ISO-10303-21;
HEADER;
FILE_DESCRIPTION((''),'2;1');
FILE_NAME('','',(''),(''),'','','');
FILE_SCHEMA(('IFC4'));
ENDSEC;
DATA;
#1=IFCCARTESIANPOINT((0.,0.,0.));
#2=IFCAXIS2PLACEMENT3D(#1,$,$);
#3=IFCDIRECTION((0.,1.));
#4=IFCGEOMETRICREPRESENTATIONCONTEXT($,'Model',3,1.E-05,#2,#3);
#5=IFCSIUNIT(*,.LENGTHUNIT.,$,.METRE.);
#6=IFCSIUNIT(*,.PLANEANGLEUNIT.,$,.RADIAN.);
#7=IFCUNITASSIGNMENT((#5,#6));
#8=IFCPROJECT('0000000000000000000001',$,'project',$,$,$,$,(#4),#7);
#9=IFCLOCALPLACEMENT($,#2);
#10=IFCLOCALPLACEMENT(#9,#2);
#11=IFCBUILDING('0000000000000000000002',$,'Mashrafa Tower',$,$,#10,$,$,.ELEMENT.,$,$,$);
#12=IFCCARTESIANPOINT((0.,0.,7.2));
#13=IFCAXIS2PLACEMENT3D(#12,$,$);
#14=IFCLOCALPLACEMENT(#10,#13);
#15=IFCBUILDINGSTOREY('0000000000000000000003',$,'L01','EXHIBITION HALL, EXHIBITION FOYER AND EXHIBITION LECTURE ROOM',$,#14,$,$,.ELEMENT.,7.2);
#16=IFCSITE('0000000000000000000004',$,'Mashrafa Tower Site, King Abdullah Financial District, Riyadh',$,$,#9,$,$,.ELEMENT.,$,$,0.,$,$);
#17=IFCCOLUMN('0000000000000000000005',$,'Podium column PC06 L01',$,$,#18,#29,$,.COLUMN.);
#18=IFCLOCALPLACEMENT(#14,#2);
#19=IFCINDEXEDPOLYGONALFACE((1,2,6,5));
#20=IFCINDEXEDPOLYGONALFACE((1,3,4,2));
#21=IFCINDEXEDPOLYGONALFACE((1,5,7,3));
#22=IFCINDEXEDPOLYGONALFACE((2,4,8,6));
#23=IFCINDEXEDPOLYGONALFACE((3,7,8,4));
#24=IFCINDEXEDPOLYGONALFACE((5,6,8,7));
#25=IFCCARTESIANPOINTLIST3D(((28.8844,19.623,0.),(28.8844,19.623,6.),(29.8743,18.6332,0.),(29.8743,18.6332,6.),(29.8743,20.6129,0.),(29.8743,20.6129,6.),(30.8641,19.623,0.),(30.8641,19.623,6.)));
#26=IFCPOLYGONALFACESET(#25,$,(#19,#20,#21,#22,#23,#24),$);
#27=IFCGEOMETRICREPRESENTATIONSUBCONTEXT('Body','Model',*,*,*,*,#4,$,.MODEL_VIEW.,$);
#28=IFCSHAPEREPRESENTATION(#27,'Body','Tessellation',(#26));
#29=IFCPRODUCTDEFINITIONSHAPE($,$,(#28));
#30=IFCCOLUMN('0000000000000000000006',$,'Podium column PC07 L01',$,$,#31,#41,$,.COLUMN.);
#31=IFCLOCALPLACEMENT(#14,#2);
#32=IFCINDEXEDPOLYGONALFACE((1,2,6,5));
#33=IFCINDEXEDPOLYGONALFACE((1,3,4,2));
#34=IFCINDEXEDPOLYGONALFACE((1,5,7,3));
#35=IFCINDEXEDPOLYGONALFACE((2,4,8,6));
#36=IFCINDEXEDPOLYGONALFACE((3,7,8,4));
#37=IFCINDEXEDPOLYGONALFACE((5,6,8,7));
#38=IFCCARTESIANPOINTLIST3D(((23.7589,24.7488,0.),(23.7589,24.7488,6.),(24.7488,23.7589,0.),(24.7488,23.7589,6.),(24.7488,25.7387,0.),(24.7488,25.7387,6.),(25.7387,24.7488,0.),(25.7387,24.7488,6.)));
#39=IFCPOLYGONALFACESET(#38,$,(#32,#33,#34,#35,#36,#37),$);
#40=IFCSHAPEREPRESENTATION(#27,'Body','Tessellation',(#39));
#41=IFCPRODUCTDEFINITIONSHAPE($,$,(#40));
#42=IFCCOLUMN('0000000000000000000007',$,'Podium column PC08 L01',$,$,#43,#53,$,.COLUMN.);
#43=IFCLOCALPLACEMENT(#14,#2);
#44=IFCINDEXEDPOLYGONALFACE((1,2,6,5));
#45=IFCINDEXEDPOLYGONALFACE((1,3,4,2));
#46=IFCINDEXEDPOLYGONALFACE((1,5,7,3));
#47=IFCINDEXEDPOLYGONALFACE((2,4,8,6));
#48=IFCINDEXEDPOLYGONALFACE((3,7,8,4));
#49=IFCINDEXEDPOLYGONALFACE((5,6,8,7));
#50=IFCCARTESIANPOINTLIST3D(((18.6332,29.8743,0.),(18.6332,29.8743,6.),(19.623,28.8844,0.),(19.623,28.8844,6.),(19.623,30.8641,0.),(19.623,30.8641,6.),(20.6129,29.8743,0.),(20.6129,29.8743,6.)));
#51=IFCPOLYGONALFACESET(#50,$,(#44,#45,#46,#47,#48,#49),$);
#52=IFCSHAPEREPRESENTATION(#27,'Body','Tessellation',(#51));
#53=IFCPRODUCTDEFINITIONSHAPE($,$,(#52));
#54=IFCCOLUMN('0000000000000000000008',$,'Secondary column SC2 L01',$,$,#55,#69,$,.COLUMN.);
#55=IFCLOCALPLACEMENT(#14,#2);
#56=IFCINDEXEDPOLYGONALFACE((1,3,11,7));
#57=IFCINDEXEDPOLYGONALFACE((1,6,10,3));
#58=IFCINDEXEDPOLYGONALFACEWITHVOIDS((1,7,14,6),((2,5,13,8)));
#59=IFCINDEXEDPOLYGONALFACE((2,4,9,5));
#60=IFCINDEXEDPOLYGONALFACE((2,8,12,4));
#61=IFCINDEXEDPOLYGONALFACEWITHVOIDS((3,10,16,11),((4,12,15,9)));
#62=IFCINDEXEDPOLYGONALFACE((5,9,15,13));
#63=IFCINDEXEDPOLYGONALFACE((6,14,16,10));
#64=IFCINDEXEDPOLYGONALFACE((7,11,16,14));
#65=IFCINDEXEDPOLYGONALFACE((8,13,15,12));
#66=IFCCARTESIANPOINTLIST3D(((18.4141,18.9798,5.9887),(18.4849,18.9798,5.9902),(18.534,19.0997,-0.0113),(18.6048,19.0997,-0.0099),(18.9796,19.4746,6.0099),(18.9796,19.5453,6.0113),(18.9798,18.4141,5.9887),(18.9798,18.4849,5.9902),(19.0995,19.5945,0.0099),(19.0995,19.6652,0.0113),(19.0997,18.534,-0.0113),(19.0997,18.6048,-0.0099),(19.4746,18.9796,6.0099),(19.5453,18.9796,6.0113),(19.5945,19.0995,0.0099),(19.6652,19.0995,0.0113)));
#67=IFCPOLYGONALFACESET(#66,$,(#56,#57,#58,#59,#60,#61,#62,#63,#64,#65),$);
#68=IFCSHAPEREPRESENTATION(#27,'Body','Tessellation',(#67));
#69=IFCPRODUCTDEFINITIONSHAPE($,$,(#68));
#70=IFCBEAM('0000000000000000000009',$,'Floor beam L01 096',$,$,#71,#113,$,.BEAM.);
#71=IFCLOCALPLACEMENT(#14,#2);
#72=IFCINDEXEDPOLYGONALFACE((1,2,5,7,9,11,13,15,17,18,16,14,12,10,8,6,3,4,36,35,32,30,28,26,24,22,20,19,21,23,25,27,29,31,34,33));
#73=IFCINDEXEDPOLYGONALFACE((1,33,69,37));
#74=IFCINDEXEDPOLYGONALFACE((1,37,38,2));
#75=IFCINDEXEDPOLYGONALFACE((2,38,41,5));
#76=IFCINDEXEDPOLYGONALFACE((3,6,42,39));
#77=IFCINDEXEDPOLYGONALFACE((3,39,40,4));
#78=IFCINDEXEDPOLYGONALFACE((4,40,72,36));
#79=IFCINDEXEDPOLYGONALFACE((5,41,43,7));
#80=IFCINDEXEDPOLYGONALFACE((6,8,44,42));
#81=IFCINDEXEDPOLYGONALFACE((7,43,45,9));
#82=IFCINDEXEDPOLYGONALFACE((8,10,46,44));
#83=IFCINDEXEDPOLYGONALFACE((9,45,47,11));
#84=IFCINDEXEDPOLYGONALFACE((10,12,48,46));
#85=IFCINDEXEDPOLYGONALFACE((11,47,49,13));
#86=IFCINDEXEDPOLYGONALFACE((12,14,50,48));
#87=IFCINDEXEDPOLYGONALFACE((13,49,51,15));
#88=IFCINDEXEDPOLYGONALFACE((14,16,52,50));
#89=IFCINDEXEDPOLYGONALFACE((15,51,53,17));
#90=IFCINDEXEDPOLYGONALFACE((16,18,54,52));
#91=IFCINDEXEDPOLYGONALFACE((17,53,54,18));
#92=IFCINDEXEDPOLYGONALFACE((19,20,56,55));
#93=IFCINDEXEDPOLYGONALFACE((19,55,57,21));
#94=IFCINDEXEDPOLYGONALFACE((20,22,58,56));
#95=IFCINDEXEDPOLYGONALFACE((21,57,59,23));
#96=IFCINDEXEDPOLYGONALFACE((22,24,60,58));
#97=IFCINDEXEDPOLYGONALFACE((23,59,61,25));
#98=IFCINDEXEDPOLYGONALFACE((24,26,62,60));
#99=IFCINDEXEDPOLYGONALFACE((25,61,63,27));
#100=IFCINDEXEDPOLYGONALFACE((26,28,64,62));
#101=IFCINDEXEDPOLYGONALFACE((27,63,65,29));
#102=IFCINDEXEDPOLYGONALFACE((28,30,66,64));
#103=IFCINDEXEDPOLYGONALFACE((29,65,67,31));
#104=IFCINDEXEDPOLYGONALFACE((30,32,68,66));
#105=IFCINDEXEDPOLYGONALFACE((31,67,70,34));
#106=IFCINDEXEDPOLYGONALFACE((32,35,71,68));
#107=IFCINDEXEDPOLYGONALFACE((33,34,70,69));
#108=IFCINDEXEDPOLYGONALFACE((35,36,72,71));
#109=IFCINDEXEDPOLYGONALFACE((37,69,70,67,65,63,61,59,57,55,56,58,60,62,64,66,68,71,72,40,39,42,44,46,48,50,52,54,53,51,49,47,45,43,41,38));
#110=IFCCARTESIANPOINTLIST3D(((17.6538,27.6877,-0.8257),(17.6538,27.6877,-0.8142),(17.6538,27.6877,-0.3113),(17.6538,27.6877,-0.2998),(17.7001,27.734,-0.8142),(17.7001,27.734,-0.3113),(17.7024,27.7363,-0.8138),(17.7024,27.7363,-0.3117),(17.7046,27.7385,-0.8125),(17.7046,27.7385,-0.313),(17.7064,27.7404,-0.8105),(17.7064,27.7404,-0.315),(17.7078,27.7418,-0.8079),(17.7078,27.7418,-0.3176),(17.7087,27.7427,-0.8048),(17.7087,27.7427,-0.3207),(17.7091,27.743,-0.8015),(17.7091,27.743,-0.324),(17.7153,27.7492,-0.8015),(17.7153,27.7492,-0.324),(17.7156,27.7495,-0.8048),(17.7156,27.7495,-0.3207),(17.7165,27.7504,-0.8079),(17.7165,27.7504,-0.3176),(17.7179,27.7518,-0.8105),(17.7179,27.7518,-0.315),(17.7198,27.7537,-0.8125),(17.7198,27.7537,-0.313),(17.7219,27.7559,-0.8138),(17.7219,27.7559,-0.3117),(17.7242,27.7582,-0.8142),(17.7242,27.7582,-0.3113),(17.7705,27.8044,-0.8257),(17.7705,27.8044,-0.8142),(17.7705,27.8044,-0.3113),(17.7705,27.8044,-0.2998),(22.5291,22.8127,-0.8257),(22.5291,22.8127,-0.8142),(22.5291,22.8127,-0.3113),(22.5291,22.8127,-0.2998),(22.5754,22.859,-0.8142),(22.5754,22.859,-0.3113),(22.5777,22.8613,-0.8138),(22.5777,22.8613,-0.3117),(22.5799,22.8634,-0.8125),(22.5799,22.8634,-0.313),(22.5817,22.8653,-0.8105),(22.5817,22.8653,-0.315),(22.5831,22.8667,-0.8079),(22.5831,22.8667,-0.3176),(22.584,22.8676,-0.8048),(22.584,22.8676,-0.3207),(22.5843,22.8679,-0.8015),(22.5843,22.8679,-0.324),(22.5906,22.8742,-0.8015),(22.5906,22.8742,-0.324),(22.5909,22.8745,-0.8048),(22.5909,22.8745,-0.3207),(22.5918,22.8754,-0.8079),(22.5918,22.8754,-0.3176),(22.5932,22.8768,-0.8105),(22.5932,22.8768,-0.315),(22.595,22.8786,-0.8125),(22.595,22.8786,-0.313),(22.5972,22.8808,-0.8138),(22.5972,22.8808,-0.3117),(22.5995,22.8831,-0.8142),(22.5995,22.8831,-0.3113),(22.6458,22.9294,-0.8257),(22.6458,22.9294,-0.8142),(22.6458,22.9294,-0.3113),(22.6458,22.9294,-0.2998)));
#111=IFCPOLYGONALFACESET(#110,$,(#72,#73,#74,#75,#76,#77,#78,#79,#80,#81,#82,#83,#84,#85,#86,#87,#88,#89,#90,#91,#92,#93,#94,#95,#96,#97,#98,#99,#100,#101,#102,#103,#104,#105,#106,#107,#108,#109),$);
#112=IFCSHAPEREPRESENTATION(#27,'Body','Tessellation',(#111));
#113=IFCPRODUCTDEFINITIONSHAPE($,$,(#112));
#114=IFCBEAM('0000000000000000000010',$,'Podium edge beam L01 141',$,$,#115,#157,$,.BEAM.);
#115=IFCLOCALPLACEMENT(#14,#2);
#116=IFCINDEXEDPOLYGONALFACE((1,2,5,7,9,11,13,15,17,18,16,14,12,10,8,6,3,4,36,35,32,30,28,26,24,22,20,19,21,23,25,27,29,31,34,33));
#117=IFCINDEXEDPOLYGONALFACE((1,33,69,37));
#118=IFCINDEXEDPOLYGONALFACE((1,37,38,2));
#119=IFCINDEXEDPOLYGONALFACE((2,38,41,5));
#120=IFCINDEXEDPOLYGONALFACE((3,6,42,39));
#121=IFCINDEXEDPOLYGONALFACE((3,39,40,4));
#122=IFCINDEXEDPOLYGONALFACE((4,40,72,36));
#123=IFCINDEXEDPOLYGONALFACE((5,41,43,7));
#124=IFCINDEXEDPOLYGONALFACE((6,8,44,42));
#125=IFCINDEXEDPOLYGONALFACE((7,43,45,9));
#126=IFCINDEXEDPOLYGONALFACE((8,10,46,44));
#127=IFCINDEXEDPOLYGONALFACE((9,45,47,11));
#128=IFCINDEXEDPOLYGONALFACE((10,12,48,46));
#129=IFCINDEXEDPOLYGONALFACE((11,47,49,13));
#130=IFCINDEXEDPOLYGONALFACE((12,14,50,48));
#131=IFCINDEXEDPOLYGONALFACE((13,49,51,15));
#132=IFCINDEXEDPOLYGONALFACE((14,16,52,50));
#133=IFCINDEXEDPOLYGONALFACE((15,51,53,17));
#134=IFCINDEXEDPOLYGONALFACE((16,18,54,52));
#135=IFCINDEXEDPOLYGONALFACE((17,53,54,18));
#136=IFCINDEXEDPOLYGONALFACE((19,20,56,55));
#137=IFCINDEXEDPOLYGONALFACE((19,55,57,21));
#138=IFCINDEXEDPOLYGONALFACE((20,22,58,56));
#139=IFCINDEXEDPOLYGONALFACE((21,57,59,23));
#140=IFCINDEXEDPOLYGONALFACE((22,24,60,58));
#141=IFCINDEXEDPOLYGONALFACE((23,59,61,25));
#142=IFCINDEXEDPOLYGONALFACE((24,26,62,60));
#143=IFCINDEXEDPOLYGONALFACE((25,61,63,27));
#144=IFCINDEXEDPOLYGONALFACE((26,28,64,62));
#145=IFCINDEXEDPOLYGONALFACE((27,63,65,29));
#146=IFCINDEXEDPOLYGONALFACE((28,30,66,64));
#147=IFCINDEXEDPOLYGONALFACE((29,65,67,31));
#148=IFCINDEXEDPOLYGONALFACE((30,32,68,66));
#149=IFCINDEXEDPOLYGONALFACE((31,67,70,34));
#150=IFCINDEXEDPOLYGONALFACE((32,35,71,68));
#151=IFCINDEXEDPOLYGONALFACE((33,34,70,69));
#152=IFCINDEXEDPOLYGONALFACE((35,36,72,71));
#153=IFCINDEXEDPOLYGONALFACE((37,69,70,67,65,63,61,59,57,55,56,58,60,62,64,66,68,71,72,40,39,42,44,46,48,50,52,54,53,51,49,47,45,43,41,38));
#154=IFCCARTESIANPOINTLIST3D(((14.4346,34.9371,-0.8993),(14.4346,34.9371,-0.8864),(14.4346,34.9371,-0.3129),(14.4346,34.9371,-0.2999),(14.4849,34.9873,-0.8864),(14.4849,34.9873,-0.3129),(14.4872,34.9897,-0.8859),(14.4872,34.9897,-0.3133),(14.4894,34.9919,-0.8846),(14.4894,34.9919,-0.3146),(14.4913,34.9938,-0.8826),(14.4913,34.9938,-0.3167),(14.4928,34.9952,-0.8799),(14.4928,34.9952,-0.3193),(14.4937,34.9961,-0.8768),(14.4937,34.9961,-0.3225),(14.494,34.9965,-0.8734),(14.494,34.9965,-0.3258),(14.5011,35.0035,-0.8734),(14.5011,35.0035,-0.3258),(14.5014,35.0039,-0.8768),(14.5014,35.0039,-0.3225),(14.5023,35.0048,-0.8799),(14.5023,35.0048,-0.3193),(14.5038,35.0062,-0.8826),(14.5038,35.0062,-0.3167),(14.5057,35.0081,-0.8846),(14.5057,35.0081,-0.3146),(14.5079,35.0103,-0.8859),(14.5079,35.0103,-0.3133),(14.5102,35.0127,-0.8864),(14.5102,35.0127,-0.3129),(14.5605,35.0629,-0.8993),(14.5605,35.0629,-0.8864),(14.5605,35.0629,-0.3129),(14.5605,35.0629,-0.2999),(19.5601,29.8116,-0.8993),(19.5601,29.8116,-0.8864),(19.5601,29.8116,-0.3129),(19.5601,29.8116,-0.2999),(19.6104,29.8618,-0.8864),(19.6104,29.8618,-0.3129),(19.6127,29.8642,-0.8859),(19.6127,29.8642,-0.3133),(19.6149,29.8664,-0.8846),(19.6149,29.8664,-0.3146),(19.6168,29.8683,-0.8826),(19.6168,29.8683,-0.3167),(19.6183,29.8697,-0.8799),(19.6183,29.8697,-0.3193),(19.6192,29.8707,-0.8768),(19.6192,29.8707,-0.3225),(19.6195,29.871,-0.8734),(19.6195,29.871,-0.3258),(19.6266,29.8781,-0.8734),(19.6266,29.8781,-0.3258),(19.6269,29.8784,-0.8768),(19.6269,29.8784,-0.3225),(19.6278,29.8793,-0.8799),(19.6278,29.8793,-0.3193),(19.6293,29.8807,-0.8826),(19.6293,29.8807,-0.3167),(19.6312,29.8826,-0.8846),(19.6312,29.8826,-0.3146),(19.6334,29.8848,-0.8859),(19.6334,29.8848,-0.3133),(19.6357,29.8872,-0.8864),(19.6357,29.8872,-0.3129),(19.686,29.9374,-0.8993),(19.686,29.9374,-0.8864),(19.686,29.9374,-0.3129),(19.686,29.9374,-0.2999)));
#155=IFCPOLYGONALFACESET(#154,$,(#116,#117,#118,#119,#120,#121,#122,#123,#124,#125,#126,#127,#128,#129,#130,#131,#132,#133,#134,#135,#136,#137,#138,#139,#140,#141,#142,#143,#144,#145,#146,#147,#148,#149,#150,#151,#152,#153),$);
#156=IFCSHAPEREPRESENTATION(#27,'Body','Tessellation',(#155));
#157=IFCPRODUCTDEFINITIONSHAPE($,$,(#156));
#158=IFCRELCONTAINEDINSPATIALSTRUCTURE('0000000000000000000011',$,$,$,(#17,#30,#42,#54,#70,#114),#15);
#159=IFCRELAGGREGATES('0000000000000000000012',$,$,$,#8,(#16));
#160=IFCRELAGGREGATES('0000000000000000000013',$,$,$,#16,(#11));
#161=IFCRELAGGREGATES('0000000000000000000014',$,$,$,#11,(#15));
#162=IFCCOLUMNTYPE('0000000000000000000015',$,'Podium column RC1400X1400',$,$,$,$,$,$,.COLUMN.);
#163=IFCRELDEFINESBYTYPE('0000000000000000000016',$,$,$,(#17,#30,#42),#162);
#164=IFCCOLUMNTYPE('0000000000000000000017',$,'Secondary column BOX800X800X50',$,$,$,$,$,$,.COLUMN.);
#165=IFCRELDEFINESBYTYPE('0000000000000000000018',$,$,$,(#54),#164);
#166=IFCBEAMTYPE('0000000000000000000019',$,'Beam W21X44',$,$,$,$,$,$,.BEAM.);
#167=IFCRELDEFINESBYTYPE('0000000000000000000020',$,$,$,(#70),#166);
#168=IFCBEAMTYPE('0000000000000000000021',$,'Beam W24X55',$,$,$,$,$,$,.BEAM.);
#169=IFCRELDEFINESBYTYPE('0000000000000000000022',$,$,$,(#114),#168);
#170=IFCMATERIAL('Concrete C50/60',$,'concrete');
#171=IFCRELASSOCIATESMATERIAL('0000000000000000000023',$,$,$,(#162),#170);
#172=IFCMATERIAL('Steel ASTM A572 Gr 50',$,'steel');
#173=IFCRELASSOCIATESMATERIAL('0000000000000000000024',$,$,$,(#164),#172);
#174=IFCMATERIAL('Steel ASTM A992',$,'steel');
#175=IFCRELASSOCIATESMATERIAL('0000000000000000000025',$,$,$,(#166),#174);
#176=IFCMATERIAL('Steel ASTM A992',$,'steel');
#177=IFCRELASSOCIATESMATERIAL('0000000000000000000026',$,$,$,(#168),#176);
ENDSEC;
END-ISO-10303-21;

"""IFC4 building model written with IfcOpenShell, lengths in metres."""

from ifc_helpers import new_model, si_unit, direction, frame, origin, origin_2d, place, context, subcontext, project, spatial, rectangle, hollow_rectangle, i_section, extrude, material, material_profile, profile_set, type_object, element, save


model = new_model("IFC4")

# Units and contexts
model_context = context("Model", 3, precision=1e-05, world=origin(), true_north=direction((0.0, 1.0)))
body_context = subcontext(model_context, "Body", "Model", "MODEL_VIEW")
ifc_project = project(units=[si_unit("LENGTHUNIT", "METRE"), si_unit("PLANEANGLEUNIT", "RADIAN")], contexts=[model_context])

# Site, building, storey
site_placement = place(None, origin())
site = spatial("IfcSite", under=ifc_project, at=site_placement, Name="Mashrafa Tower Site, King Abdullah Financial District, Riyadh", CompositionType="ELEMENT", RefElevation=0.0)
building_placement = place(site_placement, origin())
building = spatial("IfcBuilding", under=site, at=building_placement, Name="Mashrafa Tower", CompositionType="ELEMENT")
storey_placement = place(building_placement, frame((0.0, 0.0, 7.2)))
storey = spatial("IfcBuildingStorey", under=building, at=storey_placement, Name="L01", Description="EXHIBITION HALL, EXHIBITION FOYER AND EXHIBITION LECTURE ROOM", CompositionType="ELEMENT", Elevation=7.2)

# Columns
ifc_material_1 = material(Name="Concrete C50/60", Category="concrete")
ifc_material_profile_1 = material_profile(ifc_material_1, rectangle(XDim=1.3999, YDim=1.3999, at=origin_2d()), Name="RC1400X1400")
ifc_profile_set_1 = profile_set([ifc_material_profile_1], Name="Concrete C50/60")
column_type_1 = type_object("IfcColumnType", Name="Podium column RC1400X1400", PredefinedType="COLUMN", material=ifc_profile_set_1)
for number, where, z_axis, x_axis, name in (
    (1, (29.8743, 19.623, 0.0), (0.0, 0.0, 1.0), (0.707107, 0.707107, 0.0), "Podium column PC06 L01"),
    (2, (24.7488, 24.7488, 0.0), (0.0, 0.0, 1.0), (0.707107, 0.707107, 0.0), "Podium column PC07 L01"),
    (3, (19.623, 29.8743, 0.0), (0.0, 0.0, 1.0), (0.707107, 0.707107, 0.0), "Podium column PC08 L01"),
):
    element("IfcColumn", number, at=place(storey_placement, frame(where, z_axis=z_axis, x_axis=x_axis)), inside=storey, type_object=column_type_1, Name=name, PredefinedType="COLUMN", context=body_context, shape_type="SweptSolid", body=[
        extrude(rectangle(XDim=1.3999, YDim=1.3999, at=origin_2d()), origin(), (0.0, 0.0, 1.0), 6.0),
    ])
ifc_material_2 = material(Name="Steel ASTM A572 Gr 50", Category="steel")
ifc_material_profile_2 = material_profile(ifc_material_2, hollow_rectangle(XDim=0.8, YDim=0.8, WallThickness=0.05, at=origin_2d()), Name="BOX800X800X50")
ifc_profile_set_2 = profile_set([ifc_material_profile_2], Name="Steel ASTM A572 Gr 50")
column_type_2 = type_object("IfcColumnType", Name="Secondary column BOX800X800X50", PredefinedType="COLUMN", material=ifc_profile_set_2)
column_placement = place(storey_placement, frame((19.0996, 19.0996, 0.0), z_axis=(-0.019971, -0.019971, 0.999601), x_axis=(0.707107, -0.707107, 0.0)))
element("IfcColumn", 4, at=column_placement, inside=storey, type_object=column_type_2, Name="Secondary column SC2 L01", PredefinedType="COLUMN", context=body_context, shape_type="SweptSolid", body=[
    extrude(hollow_rectangle(XDim=0.8, YDim=0.8, WallThickness=0.05, at=origin_2d()), origin(), (0.0, 0.0, 1.0), 6.0024),
])

# Beams
ifc_material_3 = material(Name="Steel ASTM A992", Category="steel")
ifc_material_profile_3 = material_profile(ifc_material_3, i_section(OverallWidth=0.165, OverallDepth=0.5259, WebThickness=0.0088, FlangeThickness=0.0115, FilletRadius=0.0127, at=origin_2d()), Name="W21X44")
ifc_profile_set_3 = profile_set([ifc_material_profile_3], Name="Steel ASTM A992")
beam_type_1 = type_object("IfcBeamType", Name="Beam W21X44", PredefinedType="BEAM", material=ifc_profile_set_3)
beam_1_placement = place(storey_placement, frame((17.7122, 27.7461, -0.5627), z_axis=(0.707124, -0.707089, 0.0), x_axis=(0.707089, 0.707124, 0.0)))
element("IfcBeam", 5, at=beam_1_placement, inside=storey, type_object=beam_type_1, Name="Floor beam L01 096", PredefinedType="BEAM", context=body_context, shape_type="SweptSolid", body=[
    extrude(i_section(OverallWidth=0.165, OverallDepth=0.5259, WebThickness=0.0088, FlangeThickness=0.0115, FilletRadius=0.0127, at=origin_2d()), origin(), (0.0, 0.0, 1.0), 6.8945),
])
ifc_material_4 = material(Name="Steel ASTM A992", Category="steel")
ifc_material_profile_4 = material_profile(ifc_material_4, i_section(OverallWidth=0.178, OverallDepth=0.5994, WebThickness=0.01, FlangeThickness=0.0129, FilletRadius=0.0129, at=origin_2d()), Name="W24X55")
ifc_profile_set_4 = profile_set([ifc_material_profile_4], Name="Steel ASTM A992")
beam_type_2 = type_object("IfcBeamType", Name="Beam W24X55", PredefinedType="BEAM", material=ifc_profile_set_4)
beam_2_placement = place(storey_placement, frame((19.623, 29.8745, -0.5996), z_axis=(-0.707107, 0.707107, 0.0), x_axis=(-0.707107, -0.707107, 0.0)))
element("IfcBeam", 6, at=beam_2_placement, inside=storey, type_object=beam_type_2, Name="Podium edge beam L01 141", PredefinedType="BEAM", context=body_context, shape_type="SweptSolid", body=[
    extrude(i_section(OverallWidth=0.178, OverallDepth=0.5994, WebThickness=0.01, FlangeThickness=0.0129, FilletRadius=0.0129, at=origin_2d()), origin(), (0.0, 0.0, 1.0), 7.2485),
])

save(model, "model.ifc")
